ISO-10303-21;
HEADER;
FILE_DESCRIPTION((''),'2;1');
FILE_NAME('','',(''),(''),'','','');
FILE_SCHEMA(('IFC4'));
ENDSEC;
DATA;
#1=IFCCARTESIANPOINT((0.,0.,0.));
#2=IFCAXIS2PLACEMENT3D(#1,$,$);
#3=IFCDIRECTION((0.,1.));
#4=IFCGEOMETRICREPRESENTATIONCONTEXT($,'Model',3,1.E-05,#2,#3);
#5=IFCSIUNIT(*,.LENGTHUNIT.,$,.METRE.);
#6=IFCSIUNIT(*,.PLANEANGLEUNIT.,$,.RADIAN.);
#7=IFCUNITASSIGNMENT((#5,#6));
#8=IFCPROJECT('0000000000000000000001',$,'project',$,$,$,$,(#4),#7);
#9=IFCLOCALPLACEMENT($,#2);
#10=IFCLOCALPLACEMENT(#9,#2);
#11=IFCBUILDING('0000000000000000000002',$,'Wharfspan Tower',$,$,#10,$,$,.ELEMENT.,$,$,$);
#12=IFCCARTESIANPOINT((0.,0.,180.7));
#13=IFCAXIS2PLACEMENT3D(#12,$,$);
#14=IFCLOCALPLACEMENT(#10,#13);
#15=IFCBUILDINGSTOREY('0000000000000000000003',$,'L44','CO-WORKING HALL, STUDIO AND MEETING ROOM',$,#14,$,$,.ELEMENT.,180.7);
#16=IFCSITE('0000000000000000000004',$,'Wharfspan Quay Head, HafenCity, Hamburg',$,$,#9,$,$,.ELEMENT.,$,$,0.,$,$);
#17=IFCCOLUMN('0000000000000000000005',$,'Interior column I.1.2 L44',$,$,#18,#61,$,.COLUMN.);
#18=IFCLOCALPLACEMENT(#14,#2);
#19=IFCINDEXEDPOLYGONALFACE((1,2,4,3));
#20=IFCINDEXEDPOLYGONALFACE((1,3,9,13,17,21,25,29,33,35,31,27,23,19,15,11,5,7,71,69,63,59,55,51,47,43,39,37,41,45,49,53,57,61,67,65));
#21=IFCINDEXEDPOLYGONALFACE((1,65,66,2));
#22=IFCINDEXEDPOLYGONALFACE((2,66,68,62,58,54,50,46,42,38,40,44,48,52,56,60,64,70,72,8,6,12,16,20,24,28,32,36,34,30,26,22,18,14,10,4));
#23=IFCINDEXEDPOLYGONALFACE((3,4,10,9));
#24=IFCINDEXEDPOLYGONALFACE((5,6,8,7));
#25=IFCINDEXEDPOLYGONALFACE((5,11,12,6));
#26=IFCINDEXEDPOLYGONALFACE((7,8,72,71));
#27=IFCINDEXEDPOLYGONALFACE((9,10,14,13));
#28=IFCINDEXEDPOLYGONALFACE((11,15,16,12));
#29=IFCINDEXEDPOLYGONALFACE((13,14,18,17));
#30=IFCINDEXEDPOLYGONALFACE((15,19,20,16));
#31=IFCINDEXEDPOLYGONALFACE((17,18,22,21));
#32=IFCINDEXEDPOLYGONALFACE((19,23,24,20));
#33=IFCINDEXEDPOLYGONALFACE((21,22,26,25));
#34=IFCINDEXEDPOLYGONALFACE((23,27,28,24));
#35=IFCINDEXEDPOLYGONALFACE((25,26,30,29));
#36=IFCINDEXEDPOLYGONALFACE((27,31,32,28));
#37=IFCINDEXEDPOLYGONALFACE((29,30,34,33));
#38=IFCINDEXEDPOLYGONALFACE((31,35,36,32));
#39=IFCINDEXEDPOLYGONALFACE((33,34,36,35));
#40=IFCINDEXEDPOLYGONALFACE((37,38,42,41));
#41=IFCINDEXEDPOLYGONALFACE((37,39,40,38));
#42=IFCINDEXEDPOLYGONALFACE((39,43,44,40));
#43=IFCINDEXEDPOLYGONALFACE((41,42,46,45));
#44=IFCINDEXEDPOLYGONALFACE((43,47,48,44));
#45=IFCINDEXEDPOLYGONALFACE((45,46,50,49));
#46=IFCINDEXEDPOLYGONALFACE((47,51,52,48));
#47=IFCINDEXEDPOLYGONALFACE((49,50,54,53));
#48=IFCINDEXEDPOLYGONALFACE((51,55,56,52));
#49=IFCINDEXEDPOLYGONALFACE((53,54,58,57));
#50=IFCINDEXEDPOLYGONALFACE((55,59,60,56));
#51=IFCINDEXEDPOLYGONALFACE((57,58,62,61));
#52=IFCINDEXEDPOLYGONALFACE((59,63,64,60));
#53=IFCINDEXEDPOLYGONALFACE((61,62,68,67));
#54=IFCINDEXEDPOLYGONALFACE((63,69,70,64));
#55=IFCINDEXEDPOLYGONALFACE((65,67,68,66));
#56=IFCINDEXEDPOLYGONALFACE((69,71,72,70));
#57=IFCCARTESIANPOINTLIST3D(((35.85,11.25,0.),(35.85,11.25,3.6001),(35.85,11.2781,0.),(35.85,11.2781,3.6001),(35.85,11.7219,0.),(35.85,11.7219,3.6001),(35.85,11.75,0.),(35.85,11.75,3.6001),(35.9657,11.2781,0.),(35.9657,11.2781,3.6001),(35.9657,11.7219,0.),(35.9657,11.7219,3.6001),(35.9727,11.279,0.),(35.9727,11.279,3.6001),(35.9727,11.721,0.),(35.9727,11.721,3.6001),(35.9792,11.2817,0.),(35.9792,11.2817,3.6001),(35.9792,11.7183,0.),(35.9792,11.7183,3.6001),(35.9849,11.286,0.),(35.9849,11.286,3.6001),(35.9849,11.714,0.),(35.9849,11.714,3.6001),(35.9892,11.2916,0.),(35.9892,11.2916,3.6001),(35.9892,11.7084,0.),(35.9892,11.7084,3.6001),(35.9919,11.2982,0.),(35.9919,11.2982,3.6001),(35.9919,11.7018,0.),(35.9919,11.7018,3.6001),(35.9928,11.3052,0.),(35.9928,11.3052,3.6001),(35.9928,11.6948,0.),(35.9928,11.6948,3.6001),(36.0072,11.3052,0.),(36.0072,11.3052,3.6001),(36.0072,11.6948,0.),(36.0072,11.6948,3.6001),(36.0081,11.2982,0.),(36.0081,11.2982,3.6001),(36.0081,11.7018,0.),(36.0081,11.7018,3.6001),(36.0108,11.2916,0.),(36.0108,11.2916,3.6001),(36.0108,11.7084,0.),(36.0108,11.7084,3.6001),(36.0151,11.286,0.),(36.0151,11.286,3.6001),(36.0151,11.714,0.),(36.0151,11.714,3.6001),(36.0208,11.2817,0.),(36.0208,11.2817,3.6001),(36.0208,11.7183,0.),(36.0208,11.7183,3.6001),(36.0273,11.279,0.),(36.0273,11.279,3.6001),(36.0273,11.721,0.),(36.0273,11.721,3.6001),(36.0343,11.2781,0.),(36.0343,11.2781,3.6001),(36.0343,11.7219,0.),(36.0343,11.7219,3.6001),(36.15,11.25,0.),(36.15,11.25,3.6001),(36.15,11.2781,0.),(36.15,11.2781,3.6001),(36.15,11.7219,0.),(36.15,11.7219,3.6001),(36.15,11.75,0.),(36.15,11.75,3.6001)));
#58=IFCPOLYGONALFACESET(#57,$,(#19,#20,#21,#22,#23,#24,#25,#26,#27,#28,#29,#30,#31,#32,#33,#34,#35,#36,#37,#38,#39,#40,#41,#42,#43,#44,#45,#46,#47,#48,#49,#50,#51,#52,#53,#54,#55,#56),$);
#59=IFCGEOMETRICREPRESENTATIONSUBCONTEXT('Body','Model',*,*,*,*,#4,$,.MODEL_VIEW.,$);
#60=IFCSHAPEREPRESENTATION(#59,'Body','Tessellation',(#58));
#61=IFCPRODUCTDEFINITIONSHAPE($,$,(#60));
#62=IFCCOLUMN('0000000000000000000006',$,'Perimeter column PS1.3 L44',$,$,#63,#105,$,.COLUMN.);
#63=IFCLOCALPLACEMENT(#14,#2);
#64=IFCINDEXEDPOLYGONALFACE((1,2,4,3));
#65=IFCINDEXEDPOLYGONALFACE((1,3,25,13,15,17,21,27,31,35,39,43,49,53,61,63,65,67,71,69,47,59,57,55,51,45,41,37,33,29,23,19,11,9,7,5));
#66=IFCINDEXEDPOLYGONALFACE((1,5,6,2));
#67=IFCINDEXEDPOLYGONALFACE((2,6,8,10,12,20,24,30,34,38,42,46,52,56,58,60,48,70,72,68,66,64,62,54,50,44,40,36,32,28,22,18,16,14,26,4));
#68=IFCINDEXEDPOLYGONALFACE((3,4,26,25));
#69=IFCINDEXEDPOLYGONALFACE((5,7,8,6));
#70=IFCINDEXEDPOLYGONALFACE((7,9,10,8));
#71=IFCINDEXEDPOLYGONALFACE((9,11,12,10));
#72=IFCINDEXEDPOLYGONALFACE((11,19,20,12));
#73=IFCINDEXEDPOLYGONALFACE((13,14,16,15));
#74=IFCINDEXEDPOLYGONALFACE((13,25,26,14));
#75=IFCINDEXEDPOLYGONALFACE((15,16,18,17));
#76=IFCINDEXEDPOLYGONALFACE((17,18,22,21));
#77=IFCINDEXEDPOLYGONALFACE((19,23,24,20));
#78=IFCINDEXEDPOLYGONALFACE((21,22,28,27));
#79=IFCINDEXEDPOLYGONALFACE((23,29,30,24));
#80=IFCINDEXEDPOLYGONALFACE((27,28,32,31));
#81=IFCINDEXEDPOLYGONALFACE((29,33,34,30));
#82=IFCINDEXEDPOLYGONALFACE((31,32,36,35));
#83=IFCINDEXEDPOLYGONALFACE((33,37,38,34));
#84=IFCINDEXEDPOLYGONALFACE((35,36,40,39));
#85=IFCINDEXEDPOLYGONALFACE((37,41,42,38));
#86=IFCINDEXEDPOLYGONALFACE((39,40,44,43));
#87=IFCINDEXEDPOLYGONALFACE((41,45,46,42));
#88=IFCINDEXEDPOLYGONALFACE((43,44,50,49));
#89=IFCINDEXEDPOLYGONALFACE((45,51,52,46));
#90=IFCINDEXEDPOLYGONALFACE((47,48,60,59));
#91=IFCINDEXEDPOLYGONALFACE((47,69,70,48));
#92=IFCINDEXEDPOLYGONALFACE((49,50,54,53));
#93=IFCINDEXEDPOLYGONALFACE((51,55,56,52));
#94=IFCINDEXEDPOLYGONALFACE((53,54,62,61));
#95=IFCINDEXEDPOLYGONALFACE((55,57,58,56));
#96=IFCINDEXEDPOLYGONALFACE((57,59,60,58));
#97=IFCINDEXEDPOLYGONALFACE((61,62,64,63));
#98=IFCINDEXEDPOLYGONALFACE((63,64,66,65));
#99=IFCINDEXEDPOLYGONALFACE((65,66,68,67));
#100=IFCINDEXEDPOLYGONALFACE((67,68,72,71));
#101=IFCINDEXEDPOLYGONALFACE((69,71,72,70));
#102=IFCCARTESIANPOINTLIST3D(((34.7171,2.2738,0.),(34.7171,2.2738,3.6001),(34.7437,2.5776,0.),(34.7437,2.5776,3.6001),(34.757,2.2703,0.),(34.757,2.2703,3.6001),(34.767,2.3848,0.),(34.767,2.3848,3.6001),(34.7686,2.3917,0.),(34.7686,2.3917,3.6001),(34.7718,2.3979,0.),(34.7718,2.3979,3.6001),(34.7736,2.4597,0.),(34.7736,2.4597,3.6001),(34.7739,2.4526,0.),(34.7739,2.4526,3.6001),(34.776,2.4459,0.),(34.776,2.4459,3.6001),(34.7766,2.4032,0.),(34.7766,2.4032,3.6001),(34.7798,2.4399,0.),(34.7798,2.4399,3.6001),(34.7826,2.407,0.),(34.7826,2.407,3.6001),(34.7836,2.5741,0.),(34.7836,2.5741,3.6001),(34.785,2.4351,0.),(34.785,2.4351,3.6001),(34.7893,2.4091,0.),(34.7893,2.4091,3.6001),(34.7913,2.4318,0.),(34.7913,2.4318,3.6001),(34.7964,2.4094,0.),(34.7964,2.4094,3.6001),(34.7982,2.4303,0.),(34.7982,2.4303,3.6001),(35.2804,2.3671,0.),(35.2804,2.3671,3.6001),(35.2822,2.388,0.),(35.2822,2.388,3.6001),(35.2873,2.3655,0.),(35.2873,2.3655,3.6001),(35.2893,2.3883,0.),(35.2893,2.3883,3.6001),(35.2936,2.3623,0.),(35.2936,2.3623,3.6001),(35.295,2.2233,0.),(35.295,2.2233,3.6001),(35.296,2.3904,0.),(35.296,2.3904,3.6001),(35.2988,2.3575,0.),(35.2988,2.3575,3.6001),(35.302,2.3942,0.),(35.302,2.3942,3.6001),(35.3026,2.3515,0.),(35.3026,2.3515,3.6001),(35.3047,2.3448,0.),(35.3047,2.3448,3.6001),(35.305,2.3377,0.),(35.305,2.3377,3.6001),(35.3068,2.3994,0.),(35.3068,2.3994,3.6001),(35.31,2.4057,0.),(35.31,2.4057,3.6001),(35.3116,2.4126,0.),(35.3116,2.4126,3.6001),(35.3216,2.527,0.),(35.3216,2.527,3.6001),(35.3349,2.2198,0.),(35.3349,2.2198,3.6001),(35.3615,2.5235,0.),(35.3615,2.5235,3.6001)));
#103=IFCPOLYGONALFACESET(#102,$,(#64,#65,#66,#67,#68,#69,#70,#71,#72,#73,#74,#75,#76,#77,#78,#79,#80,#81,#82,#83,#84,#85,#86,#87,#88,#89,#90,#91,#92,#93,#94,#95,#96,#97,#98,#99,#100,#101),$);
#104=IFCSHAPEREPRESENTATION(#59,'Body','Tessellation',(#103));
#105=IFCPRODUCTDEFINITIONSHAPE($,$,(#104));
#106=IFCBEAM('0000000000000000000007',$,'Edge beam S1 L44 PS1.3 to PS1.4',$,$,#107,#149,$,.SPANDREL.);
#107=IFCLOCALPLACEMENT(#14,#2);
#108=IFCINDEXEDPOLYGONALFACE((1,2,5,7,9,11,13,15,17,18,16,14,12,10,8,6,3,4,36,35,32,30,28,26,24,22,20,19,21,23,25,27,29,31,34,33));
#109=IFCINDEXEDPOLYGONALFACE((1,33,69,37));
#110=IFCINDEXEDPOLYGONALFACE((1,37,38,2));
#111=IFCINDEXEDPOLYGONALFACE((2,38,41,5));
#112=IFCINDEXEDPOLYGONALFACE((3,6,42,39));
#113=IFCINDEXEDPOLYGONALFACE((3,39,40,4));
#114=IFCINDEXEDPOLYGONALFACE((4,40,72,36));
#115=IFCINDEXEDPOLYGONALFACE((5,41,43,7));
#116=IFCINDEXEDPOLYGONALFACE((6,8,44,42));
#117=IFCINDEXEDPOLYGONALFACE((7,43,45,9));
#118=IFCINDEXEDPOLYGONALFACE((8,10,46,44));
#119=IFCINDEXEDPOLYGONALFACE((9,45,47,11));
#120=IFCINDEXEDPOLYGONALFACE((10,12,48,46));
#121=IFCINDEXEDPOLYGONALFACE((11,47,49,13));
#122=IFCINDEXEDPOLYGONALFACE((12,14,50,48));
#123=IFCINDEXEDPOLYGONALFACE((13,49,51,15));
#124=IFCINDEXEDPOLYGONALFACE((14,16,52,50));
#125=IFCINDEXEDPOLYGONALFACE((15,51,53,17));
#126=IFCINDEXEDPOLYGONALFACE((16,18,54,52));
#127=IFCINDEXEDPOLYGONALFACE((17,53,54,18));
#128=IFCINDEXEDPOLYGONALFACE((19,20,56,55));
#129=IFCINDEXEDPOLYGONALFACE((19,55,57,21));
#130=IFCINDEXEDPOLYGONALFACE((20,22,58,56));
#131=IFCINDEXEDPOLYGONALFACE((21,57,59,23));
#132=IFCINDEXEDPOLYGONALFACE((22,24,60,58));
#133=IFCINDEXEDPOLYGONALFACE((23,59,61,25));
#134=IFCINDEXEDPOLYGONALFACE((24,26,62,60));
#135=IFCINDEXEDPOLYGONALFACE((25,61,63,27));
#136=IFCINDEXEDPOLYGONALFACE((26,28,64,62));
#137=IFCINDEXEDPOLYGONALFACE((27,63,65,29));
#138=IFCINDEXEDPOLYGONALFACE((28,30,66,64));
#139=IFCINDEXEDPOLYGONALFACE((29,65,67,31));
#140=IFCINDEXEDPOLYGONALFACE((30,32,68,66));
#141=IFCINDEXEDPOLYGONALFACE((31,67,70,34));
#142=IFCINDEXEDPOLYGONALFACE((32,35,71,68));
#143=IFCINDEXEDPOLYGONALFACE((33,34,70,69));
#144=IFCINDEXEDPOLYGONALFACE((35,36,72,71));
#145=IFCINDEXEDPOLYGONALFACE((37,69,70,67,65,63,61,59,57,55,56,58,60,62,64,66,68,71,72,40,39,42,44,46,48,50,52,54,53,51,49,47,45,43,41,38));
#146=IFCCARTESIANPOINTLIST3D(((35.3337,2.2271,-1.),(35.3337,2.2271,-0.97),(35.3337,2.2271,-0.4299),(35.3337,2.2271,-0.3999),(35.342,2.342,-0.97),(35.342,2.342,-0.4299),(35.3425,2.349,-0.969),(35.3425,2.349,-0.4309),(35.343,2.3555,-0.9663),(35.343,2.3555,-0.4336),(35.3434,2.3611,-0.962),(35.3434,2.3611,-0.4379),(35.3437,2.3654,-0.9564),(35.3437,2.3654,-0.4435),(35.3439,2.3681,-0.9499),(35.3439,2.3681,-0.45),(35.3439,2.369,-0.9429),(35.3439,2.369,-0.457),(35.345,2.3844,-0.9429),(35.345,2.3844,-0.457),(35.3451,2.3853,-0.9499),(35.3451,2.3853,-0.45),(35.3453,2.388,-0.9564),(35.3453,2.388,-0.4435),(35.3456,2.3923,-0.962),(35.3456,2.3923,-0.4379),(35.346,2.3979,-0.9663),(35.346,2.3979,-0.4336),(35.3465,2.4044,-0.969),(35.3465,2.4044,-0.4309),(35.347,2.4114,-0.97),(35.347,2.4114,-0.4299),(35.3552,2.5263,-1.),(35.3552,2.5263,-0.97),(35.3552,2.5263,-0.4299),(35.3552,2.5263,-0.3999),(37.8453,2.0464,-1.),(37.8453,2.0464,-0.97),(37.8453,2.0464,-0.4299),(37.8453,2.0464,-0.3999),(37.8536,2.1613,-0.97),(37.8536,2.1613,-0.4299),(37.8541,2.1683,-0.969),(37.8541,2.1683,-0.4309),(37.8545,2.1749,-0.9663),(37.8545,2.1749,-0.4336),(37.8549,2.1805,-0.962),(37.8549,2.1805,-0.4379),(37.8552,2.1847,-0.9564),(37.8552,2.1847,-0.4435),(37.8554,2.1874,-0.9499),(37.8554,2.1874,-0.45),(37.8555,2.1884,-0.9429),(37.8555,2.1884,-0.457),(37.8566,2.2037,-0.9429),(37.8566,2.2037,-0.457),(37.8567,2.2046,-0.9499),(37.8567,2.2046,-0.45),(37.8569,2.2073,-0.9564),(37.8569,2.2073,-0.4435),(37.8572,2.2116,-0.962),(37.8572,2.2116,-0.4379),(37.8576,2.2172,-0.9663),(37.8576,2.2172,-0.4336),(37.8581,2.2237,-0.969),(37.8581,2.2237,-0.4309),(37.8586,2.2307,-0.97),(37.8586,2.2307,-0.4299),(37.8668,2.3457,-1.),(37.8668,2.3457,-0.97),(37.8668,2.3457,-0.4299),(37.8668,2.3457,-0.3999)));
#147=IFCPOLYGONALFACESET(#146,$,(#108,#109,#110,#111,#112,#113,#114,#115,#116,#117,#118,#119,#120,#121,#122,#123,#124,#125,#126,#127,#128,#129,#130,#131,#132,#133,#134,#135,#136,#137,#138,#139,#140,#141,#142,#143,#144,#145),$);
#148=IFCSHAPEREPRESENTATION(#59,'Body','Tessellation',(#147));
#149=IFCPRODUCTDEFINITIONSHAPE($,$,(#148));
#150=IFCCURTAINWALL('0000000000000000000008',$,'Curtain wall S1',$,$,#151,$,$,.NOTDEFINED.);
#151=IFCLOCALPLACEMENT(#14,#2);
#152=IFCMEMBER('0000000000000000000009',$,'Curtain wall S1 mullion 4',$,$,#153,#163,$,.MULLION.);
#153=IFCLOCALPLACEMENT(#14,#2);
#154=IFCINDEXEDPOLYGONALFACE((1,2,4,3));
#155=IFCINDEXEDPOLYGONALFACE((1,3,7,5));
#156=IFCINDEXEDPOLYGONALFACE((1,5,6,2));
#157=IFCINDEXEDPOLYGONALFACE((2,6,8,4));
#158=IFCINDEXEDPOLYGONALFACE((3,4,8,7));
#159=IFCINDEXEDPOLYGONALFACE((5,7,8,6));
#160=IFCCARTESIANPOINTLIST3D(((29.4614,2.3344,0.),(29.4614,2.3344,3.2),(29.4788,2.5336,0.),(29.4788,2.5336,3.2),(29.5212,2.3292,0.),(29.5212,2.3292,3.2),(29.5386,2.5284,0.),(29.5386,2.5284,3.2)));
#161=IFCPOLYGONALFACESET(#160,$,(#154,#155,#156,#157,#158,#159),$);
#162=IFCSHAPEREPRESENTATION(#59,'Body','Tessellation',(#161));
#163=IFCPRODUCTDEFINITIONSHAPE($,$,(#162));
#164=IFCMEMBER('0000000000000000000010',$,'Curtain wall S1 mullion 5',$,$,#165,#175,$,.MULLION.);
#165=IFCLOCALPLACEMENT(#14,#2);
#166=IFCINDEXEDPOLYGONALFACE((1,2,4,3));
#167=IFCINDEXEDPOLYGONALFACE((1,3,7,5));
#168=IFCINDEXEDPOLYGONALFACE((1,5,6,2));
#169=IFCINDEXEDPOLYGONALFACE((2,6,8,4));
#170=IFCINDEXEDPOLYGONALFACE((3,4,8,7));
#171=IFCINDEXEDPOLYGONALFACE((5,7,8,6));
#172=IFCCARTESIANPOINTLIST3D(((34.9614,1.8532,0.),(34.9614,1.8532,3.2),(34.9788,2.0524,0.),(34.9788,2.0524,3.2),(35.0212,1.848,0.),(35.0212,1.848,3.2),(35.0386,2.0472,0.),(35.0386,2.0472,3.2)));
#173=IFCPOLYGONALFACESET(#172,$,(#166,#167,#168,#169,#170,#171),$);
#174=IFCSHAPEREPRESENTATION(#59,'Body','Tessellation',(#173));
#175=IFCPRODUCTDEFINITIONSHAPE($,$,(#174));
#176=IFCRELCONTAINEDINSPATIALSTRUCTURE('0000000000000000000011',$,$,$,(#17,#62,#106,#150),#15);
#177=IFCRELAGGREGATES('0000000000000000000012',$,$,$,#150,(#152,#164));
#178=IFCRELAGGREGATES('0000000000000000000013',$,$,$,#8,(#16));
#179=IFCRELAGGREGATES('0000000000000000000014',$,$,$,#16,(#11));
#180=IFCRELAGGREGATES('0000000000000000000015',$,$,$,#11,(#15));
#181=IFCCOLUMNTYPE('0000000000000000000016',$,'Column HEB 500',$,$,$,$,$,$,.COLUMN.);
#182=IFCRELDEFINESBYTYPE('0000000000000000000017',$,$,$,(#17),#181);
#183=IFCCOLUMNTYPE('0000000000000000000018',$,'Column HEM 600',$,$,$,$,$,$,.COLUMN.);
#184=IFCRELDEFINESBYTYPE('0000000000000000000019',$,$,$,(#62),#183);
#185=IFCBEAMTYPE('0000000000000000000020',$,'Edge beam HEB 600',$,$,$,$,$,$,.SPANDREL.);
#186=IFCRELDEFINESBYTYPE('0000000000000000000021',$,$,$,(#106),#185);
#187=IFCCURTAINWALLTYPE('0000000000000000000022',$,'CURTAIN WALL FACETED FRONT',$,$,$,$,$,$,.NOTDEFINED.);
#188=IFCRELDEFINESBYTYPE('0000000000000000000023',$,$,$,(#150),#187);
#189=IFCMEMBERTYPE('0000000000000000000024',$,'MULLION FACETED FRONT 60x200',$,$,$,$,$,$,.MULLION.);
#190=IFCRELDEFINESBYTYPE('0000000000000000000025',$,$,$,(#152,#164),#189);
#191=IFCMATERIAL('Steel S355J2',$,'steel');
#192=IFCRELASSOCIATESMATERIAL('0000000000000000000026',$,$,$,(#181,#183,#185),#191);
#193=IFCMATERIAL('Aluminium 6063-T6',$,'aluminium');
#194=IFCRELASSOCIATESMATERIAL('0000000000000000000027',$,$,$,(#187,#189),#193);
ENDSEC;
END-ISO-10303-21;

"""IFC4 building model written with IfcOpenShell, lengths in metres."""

from ifc_helpers import new_model, si_unit, direction, frame, origin, origin_2d, place, context, subcontext, project, spatial, rectangle, i_section, extrude, material, material_profile, profile_set, type_object, element, aggregate, save


model = new_model("IFC4")

# Units and contexts
model_context = context("Model", 3, precision=1e-05, world=origin(), true_north=direction((0.0, 1.0)))
body_context = subcontext(model_context, "Body", "Model", "MODEL_VIEW")
ifc_project = project(units=[si_unit("LENGTHUNIT", "METRE"), si_unit("PLANEANGLEUNIT", "RADIAN")], contexts=[model_context])

# Site, building, storey
site_placement = place(None, origin())
site = spatial("IfcSite", under=ifc_project, at=site_placement, Name="Wharfspan Quay Head, HafenCity, Hamburg", CompositionType="ELEMENT", RefElevation=0.0)
building_placement = place(site_placement, origin())
building = spatial("IfcBuilding", under=site, at=building_placement, Name="Wharfspan Tower", CompositionType="ELEMENT")
storey_placement = place(building_placement, frame((0.0, 0.0, 180.7)))
storey = spatial("IfcBuildingStorey", under=building, at=storey_placement, Name="L44", Description="CO-WORKING HALL, STUDIO AND MEETING ROOM", CompositionType="ELEMENT", Elevation=180.7)

# Columns
ifc_material_1 = material(Name="Steel S355J2", Category="steel")
ifc_material_profile_1 = material_profile(ifc_material_1, i_section(OverallWidth=0.3, OverallDepth=0.5, WebThickness=0.0144, FlangeThickness=0.0281, FilletRadius=0.0271, at=origin_2d()))
ifc_profile_set_1 = profile_set([ifc_material_profile_1], Name="Steel S355J2")
column_type_1 = type_object("IfcColumnType", Name="Column HEB 500", PredefinedType="COLUMN", material=ifc_profile_set_1)
column_1_placement = place(storey_placement, frame((36.0, 11.5, 0.0), z_axis=(0.0, 0.0, 1.0), x_axis=(1.0, 0.0, 0.0)))
element("IfcColumn", 1, at=column_1_placement, inside=storey, type_object=column_type_1, Name="Interior column I.1.2 L44", PredefinedType="COLUMN", context=body_context, shape_type="SweptSolid", body=[
    extrude(i_section(OverallWidth=0.3, OverallDepth=0.5, WebThickness=0.0144, FlangeThickness=0.0281, FilletRadius=0.0271, at=origin_2d()), origin(), (0.0, 0.0, 1.0), 3.6001),
])
ifc_material_profile_2 = material_profile(ifc_material_1, i_section(OverallWidth=0.3049, OverallDepth=0.6201, WebThickness=0.021, FlangeThickness=0.04, FilletRadius=0.0271, at=origin_2d()))
ifc_profile_set_2 = profile_set([ifc_material_profile_2], Name="Steel S355J2")
column_type_2 = type_object("IfcColumnType", Name="Column HEM 600", PredefinedType="COLUMN", material=ifc_profile_set_2)
column_2_placement = place(storey_placement, frame((35.0393, 2.3987, 0.0), z_axis=(0.0, 0.0, 1.0), x_axis=(-0.087156, -0.996198, 0.0)))
element("IfcColumn", 2, at=column_2_placement, inside=storey, type_object=column_type_2, Name="Perimeter column PS1.3 L44", PredefinedType="COLUMN", context=body_context, shape_type="SweptSolid", body=[
    extrude(i_section(OverallWidth=0.3049, OverallDepth=0.6201, WebThickness=0.021, FlangeThickness=0.04, FilletRadius=0.0271, at=origin_2d()), origin(), (0.0, 0.0, 1.0), 3.6001),
])

# Beam
ifc_material_profile_3 = material_profile(ifc_material_1, i_section(OverallWidth=0.3, OverallDepth=0.6001, WebThickness=0.0154, FlangeThickness=0.03, FilletRadius=0.0271, at=origin_2d()))
ifc_profile_set_3 = profile_set([ifc_material_profile_3], Name="Steel S355J2")
beam_type = type_object("IfcBeamType", Name="Edge beam HEB 600", PredefinedType="SPANDREL", material=ifc_profile_set_3)
beam_placement = place(storey_placement, frame((35.3445, 2.3767, -0.7), z_axis=(0.997423, -0.07175, 0.0), x_axis=(0.07175, 0.997423, 0.0)))
element("IfcBeam", 3, at=beam_placement, inside=storey, type_object=beam_type, Name="Edge beam S1 L44 PS1.3 to PS1.4", PredefinedType="SPANDREL", context=body_context, shape_type="SweptSolid", body=[
    extrude(i_section(OverallWidth=0.3, OverallDepth=0.6001, WebThickness=0.0154, FlangeThickness=0.03, FilletRadius=0.0271, at=origin_2d()), origin(), (0.0, 0.0, 1.0), 2.5181),
])

# Curtain wall, members
ifc_material_2 = material(Name="Aluminium 6063-T6", Category="aluminium")
curtain_wall_type = type_object("IfcCurtainWallType", Name="CURTAIN WALL FACETED FRONT", PredefinedType="NOTDEFINED", material=ifc_material_2)
curtain_wall_placement = place(storey_placement, origin())
curtain_wall = element("IfcCurtainWall", 4, at=curtain_wall_placement, inside=storey, type_object=curtain_wall_type, Name="Curtain wall S1", PredefinedType="NOTDEFINED")
ifc_material_profile_4 = material_profile(ifc_material_2, rectangle(XDim=0.2, YDim=0.0601, at=origin_2d()))
ifc_profile_set_4 = profile_set([ifc_material_profile_4], Name="Aluminium 6063-T6")
member_type_1 = type_object("IfcMemberType", Name="MULLION FACETED FRONT 60x200", PredefinedType="MULLION", material=ifc_profile_set_4)
member_1_placement = place(storey_placement, frame((29.5, 2.4314, 0.0), z_axis=(0.0, 0.0, 1.0), x_axis=(0.087156, 0.996198, 0.0)))
member_1 = element("IfcMember", 5, at=member_1_placement, type_object=member_type_1, Name="Curtain wall S1 mullion 4", PredefinedType="MULLION", context=body_context, shape_type="SweptSolid", body=[
    extrude(rectangle(XDim=0.2, YDim=0.0601, at=origin_2d()), origin(), (0.0, 0.0, 1.0), 3.2),
])
member_2_placement = place(storey_placement, frame((35.0, 1.9502, 0.0), z_axis=(0.0, 0.0, 1.0), x_axis=(0.087156, 0.996198, 0.0)))
member_2 = element("IfcMember", 6, at=member_2_placement, type_object=member_type_1, Name="Curtain wall S1 mullion 5", PredefinedType="MULLION", context=body_context, shape_type="SweptSolid", body=[
    extrude(rectangle(XDim=0.2, YDim=0.0601, at=origin_2d()), origin(), (0.0, 0.0, 1.0), 3.2),
])

aggregate(curtain_wall, [member_1, member_2])

save(model, "model.ifc")
